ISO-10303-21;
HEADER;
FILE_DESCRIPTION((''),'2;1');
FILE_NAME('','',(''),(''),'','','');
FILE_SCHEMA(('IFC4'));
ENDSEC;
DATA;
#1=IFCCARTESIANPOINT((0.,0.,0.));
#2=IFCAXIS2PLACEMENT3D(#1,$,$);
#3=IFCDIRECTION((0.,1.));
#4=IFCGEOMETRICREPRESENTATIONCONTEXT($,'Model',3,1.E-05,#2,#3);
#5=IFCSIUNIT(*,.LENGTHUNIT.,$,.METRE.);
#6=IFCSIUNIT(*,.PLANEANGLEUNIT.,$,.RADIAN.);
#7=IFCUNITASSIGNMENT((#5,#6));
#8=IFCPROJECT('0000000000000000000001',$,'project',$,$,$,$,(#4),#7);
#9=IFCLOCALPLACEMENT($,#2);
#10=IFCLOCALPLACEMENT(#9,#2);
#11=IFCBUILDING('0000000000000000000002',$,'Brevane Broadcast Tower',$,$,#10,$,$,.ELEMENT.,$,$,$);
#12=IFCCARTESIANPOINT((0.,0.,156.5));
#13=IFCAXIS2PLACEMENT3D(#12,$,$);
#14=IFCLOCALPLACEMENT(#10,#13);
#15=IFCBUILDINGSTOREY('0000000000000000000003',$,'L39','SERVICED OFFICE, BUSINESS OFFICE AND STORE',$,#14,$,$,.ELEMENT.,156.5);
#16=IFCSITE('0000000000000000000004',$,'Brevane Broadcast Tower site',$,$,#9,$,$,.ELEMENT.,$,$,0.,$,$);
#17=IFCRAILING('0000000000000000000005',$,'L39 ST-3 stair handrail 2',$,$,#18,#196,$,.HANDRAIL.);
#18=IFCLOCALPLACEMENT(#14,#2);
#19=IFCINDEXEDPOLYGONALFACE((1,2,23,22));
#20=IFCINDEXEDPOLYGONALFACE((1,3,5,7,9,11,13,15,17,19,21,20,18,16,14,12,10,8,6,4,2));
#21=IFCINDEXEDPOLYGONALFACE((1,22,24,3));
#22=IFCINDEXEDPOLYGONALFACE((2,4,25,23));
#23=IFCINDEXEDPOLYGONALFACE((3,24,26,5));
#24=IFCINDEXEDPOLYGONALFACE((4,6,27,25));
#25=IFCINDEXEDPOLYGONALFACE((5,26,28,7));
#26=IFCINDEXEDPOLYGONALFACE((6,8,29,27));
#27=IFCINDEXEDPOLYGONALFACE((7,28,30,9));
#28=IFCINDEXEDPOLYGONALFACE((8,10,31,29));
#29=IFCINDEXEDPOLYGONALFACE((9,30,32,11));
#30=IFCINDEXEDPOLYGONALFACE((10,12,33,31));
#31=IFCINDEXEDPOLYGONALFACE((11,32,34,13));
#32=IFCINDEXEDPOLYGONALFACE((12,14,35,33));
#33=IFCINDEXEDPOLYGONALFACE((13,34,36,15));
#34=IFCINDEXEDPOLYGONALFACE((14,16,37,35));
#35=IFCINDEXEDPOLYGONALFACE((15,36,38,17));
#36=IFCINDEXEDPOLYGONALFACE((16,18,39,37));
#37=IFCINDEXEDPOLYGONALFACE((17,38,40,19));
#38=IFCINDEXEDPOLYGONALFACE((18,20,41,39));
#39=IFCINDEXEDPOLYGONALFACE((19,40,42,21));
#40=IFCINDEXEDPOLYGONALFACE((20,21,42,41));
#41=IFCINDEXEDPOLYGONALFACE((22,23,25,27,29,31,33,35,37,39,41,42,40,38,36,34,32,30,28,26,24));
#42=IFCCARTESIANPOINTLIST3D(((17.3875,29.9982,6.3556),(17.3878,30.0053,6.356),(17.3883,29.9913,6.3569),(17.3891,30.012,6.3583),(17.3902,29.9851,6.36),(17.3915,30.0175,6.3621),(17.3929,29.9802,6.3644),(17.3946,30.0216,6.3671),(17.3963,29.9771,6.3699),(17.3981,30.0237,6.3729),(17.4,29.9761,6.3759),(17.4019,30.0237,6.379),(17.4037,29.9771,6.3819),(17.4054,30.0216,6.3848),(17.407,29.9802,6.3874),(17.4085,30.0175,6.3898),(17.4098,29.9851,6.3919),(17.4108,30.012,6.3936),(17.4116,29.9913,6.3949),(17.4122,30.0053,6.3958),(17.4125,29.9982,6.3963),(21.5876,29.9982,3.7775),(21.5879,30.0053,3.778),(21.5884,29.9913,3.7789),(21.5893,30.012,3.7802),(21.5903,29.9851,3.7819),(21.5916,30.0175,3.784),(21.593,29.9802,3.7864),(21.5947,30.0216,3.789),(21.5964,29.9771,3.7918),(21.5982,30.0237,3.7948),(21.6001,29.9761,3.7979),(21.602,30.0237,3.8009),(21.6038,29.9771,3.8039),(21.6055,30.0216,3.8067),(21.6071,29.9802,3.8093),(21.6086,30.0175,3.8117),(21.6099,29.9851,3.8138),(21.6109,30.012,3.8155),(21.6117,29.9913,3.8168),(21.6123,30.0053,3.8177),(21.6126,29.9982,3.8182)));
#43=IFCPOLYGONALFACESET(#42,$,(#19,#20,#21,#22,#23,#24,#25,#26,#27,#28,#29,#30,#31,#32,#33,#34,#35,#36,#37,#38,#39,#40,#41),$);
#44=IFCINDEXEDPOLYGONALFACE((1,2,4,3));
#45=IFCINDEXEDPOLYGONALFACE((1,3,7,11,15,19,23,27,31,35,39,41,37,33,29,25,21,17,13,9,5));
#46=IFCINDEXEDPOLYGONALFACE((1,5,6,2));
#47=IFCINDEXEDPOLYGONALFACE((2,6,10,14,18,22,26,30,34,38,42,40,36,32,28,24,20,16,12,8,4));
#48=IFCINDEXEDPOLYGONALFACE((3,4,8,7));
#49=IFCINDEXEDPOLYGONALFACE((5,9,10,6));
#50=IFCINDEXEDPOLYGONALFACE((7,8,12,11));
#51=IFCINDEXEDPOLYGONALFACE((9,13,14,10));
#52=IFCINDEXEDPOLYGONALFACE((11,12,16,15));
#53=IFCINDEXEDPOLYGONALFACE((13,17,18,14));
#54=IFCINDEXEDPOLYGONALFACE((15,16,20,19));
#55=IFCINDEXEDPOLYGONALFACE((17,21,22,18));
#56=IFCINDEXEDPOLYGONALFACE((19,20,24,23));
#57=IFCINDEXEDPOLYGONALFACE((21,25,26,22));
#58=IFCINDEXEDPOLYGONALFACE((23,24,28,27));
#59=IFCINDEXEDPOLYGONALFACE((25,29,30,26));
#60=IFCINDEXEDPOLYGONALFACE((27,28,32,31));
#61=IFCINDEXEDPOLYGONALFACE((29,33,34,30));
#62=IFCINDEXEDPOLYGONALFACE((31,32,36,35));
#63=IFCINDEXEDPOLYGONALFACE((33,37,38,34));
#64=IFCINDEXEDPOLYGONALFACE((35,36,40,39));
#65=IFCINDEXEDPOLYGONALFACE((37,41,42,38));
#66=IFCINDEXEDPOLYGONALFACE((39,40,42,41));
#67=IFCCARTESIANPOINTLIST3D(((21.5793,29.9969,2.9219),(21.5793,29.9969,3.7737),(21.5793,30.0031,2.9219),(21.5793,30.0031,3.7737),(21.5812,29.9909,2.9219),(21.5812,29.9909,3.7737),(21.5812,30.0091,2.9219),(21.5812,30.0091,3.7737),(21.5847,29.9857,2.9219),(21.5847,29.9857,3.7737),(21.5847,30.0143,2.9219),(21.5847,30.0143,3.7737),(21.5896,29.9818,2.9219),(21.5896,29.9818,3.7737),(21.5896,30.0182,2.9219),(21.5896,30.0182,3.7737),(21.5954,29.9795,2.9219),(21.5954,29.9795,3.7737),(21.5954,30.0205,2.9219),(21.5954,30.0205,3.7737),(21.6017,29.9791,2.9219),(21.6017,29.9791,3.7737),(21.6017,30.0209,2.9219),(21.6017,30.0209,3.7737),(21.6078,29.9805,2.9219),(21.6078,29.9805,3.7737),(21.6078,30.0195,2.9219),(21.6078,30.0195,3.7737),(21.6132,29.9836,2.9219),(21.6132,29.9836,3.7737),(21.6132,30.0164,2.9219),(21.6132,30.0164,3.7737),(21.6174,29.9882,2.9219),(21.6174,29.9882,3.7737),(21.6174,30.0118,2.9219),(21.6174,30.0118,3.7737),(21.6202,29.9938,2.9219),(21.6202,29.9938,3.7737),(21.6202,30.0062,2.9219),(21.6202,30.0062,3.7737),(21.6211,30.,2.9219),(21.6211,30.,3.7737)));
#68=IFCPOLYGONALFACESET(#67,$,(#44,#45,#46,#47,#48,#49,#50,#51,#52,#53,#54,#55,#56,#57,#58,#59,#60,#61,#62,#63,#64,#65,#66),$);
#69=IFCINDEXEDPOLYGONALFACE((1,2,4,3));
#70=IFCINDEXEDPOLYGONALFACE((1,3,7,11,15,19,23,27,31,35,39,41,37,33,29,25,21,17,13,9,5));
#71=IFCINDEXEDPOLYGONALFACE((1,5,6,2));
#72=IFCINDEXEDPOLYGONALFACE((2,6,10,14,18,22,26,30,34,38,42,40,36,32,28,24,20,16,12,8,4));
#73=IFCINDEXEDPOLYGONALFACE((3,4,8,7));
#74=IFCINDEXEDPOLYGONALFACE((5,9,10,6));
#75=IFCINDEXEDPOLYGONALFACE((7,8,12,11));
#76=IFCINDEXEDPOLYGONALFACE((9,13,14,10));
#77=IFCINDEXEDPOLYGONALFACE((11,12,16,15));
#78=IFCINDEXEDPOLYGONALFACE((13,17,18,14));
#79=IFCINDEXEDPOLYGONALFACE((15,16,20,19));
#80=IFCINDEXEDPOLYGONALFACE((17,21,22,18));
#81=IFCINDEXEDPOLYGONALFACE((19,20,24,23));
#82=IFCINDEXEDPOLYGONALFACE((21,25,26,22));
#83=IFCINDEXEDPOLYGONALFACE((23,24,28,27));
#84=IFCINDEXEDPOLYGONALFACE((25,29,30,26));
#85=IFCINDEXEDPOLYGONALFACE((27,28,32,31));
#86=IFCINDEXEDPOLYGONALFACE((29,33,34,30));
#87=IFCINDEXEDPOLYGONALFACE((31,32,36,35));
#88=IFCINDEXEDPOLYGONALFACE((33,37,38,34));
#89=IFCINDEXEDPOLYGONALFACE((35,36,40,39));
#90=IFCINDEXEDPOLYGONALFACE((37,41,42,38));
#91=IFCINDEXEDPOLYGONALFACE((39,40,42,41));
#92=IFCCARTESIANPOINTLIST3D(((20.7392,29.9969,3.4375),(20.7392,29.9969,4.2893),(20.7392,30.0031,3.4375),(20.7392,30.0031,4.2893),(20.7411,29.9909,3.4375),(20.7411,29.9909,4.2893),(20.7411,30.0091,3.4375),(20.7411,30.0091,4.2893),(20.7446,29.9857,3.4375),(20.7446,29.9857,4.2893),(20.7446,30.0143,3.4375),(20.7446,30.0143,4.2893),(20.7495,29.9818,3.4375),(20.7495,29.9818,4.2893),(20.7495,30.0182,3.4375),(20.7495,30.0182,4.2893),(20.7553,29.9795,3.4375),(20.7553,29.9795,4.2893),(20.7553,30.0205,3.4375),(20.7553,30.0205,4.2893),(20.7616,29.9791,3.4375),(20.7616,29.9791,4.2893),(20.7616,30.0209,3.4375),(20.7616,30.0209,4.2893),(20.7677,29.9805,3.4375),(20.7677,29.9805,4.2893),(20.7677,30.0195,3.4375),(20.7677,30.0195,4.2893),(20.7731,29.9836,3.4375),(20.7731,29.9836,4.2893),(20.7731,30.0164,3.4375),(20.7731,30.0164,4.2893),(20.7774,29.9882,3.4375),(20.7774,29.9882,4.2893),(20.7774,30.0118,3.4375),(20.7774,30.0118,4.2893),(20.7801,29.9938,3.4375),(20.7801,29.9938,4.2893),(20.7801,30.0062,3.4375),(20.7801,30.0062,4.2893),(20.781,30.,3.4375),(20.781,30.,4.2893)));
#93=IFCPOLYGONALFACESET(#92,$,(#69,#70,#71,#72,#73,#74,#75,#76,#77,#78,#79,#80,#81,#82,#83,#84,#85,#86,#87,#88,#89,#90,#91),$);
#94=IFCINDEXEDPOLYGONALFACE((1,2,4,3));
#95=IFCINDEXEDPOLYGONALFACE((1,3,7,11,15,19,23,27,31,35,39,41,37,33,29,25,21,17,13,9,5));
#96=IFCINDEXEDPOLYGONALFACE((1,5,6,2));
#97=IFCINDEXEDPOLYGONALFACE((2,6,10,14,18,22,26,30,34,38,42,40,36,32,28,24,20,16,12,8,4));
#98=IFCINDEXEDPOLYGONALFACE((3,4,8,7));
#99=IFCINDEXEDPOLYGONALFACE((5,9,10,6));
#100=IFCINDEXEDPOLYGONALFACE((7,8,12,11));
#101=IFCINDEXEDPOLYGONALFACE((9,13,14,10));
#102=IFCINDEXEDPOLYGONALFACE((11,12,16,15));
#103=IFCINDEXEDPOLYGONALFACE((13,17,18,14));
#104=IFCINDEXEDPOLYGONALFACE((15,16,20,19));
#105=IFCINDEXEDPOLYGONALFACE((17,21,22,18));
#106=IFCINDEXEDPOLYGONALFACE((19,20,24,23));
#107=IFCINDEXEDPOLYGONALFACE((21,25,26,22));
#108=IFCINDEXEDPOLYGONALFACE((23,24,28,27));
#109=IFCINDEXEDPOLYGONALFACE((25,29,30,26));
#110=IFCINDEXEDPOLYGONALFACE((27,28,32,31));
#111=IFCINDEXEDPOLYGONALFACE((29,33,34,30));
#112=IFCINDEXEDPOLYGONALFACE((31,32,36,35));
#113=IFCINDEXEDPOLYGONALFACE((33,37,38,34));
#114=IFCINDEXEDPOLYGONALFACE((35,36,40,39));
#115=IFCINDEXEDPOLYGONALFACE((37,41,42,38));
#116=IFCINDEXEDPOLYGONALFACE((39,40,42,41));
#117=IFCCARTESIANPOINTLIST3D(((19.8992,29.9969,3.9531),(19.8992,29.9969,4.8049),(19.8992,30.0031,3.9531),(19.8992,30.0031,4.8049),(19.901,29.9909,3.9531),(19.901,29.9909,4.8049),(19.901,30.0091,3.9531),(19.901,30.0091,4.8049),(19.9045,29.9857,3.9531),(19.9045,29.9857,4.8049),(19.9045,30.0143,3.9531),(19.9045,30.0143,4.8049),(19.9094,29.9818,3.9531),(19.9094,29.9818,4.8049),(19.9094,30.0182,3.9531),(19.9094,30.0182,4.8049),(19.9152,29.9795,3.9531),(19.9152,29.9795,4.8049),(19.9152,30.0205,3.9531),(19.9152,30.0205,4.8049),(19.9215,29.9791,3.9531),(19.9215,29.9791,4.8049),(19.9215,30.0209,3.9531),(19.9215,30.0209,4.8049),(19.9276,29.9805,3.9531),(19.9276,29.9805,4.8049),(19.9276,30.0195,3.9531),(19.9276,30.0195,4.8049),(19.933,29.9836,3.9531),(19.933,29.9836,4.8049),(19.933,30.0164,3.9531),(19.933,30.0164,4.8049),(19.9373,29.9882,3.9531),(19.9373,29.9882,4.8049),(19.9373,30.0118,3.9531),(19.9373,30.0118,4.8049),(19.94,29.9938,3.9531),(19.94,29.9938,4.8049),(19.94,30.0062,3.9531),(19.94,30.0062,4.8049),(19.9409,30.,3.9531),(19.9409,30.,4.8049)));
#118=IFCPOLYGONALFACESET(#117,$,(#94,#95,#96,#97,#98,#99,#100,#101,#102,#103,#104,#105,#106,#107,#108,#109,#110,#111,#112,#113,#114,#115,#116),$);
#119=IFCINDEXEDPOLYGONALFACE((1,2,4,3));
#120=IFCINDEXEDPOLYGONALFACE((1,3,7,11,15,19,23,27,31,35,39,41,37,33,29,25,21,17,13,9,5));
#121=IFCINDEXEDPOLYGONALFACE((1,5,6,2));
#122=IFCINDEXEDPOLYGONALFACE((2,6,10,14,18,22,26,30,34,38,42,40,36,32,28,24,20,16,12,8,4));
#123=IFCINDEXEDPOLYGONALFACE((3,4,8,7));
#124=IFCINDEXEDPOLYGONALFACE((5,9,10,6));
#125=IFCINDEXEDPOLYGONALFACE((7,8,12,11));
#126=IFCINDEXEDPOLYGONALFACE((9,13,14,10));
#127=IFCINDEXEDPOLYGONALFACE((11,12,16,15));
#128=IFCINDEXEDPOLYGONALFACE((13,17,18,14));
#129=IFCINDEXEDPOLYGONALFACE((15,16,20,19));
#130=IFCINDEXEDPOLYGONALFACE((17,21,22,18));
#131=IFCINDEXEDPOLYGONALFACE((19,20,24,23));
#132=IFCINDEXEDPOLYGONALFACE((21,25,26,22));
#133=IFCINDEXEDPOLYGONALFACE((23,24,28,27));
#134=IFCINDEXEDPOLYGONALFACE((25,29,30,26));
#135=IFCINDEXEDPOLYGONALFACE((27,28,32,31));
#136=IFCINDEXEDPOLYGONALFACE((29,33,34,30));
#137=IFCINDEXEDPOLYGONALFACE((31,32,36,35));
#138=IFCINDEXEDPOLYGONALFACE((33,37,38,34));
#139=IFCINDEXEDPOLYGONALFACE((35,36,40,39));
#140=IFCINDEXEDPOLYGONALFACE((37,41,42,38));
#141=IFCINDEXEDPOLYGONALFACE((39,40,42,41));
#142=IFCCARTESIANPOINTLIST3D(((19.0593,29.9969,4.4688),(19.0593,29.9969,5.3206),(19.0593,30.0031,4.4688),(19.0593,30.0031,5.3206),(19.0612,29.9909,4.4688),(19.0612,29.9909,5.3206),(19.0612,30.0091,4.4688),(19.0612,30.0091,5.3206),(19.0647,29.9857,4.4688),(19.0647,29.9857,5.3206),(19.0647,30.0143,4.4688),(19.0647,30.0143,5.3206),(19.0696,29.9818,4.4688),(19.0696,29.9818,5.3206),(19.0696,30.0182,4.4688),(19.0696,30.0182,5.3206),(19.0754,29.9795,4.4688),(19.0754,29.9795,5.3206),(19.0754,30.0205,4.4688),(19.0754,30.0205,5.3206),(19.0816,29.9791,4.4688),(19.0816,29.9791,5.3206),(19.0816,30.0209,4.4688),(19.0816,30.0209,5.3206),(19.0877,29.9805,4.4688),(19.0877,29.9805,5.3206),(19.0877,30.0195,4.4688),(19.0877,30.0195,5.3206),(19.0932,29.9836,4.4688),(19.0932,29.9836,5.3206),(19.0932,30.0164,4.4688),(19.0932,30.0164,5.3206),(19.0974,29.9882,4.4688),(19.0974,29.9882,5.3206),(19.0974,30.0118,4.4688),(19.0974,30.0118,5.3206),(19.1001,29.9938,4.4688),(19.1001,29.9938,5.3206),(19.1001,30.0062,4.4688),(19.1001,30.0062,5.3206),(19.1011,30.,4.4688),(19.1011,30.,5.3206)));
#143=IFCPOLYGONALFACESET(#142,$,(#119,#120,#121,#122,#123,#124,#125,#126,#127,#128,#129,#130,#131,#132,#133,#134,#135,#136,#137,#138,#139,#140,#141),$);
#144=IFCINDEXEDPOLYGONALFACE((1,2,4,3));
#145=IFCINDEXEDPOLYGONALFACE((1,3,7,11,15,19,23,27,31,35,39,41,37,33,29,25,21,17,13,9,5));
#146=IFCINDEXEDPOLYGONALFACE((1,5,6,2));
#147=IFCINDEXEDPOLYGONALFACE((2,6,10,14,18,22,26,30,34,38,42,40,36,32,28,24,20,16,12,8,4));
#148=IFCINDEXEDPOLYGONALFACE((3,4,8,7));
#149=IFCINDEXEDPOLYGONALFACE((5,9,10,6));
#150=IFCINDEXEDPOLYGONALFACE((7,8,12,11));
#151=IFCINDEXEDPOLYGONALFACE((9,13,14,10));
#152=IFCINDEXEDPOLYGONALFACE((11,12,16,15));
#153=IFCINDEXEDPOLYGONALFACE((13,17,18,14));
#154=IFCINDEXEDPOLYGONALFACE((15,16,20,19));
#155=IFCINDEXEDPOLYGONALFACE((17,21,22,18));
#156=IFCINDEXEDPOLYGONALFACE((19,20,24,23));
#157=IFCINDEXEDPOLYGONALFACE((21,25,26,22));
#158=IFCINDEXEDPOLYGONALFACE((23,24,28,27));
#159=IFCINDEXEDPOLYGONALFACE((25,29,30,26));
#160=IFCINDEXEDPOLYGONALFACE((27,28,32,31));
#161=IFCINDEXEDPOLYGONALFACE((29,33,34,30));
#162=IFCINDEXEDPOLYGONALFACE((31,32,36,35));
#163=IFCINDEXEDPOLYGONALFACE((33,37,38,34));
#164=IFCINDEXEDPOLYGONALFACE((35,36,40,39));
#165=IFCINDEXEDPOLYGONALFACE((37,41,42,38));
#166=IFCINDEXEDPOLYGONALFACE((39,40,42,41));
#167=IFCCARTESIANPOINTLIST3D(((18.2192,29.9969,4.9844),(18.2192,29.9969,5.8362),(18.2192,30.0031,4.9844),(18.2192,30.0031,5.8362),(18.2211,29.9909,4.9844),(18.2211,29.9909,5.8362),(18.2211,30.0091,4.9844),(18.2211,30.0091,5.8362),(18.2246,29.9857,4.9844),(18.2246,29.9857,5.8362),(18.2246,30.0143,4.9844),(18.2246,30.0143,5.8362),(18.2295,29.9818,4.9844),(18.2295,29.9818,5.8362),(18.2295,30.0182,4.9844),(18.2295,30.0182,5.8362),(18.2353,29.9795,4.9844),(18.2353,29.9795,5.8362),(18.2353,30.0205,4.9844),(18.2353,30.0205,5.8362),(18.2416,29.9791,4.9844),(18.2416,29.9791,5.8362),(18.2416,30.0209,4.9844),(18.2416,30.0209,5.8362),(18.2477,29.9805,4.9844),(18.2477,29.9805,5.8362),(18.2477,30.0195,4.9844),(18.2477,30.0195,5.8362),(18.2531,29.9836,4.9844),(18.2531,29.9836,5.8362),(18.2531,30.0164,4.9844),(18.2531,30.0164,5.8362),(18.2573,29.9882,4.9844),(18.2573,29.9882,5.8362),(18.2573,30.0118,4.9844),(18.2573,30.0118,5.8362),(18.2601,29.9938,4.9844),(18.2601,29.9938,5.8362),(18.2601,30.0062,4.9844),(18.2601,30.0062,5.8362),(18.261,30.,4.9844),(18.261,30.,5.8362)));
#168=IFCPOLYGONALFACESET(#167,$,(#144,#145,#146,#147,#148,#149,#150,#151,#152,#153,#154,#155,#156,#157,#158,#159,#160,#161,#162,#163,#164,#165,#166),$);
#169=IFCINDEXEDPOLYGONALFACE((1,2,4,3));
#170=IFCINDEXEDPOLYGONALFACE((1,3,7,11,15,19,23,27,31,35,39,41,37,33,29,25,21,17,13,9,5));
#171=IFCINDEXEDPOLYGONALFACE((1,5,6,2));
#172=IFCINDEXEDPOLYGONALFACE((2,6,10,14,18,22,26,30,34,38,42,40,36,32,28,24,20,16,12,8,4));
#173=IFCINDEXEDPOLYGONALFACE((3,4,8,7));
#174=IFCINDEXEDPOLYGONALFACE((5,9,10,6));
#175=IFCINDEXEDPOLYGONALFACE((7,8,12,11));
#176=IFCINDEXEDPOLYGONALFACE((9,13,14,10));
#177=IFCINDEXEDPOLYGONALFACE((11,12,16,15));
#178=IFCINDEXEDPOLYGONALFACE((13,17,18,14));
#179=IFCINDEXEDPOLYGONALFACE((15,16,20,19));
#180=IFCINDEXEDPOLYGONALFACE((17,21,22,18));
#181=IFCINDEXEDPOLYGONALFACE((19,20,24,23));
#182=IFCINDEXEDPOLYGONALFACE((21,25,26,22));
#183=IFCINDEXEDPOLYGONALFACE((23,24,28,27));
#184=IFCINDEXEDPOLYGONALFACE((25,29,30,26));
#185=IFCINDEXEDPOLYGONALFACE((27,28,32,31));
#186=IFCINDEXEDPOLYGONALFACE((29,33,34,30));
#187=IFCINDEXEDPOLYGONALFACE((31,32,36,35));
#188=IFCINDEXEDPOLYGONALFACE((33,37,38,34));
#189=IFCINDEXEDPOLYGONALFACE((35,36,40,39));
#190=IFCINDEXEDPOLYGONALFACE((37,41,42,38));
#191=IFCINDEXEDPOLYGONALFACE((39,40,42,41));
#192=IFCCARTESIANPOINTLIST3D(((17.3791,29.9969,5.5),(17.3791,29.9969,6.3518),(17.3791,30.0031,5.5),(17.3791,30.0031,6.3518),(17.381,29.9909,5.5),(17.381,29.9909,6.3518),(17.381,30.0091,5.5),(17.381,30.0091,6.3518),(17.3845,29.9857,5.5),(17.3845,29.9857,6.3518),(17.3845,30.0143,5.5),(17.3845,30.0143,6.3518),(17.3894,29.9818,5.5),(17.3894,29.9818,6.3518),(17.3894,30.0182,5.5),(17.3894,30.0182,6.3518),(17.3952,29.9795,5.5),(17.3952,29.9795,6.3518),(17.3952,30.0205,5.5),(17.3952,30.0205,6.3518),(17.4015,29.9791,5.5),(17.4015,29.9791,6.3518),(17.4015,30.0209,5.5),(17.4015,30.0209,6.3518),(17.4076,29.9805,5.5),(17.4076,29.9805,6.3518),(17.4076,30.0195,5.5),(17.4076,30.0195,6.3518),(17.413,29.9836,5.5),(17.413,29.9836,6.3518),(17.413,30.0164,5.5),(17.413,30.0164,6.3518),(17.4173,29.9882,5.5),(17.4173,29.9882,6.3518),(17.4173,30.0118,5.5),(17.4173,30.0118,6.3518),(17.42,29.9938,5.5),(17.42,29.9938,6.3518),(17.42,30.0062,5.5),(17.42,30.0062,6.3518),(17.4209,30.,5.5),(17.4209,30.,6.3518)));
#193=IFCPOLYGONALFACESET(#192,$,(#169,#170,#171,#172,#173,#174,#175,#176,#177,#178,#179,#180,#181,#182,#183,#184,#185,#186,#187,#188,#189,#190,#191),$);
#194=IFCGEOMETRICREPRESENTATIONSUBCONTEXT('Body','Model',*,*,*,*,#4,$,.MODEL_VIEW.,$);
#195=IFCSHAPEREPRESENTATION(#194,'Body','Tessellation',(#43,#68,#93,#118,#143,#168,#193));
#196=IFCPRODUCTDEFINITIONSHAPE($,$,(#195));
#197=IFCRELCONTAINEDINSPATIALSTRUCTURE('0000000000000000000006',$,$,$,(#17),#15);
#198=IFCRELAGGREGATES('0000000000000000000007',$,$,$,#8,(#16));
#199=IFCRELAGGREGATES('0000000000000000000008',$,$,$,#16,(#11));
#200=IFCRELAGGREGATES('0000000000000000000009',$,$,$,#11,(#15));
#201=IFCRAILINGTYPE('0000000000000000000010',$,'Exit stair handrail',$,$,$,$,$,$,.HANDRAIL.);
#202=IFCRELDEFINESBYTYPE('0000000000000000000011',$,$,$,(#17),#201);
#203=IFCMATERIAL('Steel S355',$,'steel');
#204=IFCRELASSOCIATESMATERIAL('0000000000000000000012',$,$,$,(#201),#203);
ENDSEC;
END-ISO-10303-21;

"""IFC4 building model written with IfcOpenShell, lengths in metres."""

from ifc_helpers import new_model, si_unit, direction, frame, origin, origin_2d, place, context, subcontext, project, spatial, circle, extrude, material, type_object, element, save


model = new_model("IFC4")

# Units and contexts
model_context = context("Model", 3, precision=1e-05, world=origin(), true_north=direction((0.0, 1.0)))
body_context = subcontext(model_context, "Body", "Model", "MODEL_VIEW")
ifc_project = project(units=[si_unit("LENGTHUNIT", "METRE"), si_unit("PLANEANGLEUNIT", "RADIAN")], contexts=[model_context])

# Site, building, storey
site_placement = place(None, origin())
site = spatial("IfcSite", under=ifc_project, at=site_placement, Name="Brevane Broadcast Tower site", CompositionType="ELEMENT", RefElevation=0.0)
building_placement = place(site_placement, origin())
building = spatial("IfcBuilding", under=site, at=building_placement, Name="Brevane Broadcast Tower", CompositionType="ELEMENT")
storey_placement = place(building_placement, frame((0.0, 0.0, 156.5)))
storey = spatial("IfcBuildingStorey", under=building, at=storey_placement, Name="L39", Description="SERVICED OFFICE, BUSINESS OFFICE AND STORE", CompositionType="ELEMENT", Elevation=156.5)

# Railing
ifc_material_1 = material(Name="Steel S355", Category="steel")
railing_type_1 = type_object("IfcRailingType", Name="Exit stair handrail", PredefinedType="HANDRAIL", material=ifc_material_1)
railing_1_placement = place(storey_placement, frame((21.6001, 30.0, 2.9219)))
element("IfcRailing", 1, at=railing_1_placement, inside=storey, type_object=railing_type_1, Name="L39 ST-3 stair handrail 2", PredefinedType="HANDRAIL", context=body_context, shape_type="SweptSolid", body=[
    extrude(circle(Radius=0.0239, at=origin_2d()), frame((0.0, 0.0, 0.876), z_axis=(-0.852256, 0.0, 0.523124), x_axis=(0.0, -1.0, 0.0)), (0.0, 0.0, 1.0), 4.9282),
    extrude(circle(Radius=0.021, at=origin_2d()), origin(), (0.0, 0.0, 1.0), 0.8518),
    extrude(circle(Radius=0.021, at=origin_2d()), frame((-0.8401, 0.0, 0.5156)), (0.0, 0.0, 1.0), 0.8518),
    extrude(circle(Radius=0.021, at=origin_2d()), frame((-1.6802, 0.0, 1.0312)), (0.0, 0.0, 1.0), 0.8518),
    extrude(circle(Radius=0.021, at=origin_2d()), frame((-2.52, 0.0, 1.5469)), (0.0, 0.0, 1.0), 0.8518),
    extrude(circle(Radius=0.021, at=origin_2d()), frame((-3.3601, 0.0, 2.0625)), (0.0, 0.0, 1.0), 0.8518),
    extrude(circle(Radius=0.021, at=origin_2d()), frame((-4.2002, 0.0, 2.5781)), (0.0, 0.0, 1.0), 0.8518),
])

save(model, "model.ifc")
